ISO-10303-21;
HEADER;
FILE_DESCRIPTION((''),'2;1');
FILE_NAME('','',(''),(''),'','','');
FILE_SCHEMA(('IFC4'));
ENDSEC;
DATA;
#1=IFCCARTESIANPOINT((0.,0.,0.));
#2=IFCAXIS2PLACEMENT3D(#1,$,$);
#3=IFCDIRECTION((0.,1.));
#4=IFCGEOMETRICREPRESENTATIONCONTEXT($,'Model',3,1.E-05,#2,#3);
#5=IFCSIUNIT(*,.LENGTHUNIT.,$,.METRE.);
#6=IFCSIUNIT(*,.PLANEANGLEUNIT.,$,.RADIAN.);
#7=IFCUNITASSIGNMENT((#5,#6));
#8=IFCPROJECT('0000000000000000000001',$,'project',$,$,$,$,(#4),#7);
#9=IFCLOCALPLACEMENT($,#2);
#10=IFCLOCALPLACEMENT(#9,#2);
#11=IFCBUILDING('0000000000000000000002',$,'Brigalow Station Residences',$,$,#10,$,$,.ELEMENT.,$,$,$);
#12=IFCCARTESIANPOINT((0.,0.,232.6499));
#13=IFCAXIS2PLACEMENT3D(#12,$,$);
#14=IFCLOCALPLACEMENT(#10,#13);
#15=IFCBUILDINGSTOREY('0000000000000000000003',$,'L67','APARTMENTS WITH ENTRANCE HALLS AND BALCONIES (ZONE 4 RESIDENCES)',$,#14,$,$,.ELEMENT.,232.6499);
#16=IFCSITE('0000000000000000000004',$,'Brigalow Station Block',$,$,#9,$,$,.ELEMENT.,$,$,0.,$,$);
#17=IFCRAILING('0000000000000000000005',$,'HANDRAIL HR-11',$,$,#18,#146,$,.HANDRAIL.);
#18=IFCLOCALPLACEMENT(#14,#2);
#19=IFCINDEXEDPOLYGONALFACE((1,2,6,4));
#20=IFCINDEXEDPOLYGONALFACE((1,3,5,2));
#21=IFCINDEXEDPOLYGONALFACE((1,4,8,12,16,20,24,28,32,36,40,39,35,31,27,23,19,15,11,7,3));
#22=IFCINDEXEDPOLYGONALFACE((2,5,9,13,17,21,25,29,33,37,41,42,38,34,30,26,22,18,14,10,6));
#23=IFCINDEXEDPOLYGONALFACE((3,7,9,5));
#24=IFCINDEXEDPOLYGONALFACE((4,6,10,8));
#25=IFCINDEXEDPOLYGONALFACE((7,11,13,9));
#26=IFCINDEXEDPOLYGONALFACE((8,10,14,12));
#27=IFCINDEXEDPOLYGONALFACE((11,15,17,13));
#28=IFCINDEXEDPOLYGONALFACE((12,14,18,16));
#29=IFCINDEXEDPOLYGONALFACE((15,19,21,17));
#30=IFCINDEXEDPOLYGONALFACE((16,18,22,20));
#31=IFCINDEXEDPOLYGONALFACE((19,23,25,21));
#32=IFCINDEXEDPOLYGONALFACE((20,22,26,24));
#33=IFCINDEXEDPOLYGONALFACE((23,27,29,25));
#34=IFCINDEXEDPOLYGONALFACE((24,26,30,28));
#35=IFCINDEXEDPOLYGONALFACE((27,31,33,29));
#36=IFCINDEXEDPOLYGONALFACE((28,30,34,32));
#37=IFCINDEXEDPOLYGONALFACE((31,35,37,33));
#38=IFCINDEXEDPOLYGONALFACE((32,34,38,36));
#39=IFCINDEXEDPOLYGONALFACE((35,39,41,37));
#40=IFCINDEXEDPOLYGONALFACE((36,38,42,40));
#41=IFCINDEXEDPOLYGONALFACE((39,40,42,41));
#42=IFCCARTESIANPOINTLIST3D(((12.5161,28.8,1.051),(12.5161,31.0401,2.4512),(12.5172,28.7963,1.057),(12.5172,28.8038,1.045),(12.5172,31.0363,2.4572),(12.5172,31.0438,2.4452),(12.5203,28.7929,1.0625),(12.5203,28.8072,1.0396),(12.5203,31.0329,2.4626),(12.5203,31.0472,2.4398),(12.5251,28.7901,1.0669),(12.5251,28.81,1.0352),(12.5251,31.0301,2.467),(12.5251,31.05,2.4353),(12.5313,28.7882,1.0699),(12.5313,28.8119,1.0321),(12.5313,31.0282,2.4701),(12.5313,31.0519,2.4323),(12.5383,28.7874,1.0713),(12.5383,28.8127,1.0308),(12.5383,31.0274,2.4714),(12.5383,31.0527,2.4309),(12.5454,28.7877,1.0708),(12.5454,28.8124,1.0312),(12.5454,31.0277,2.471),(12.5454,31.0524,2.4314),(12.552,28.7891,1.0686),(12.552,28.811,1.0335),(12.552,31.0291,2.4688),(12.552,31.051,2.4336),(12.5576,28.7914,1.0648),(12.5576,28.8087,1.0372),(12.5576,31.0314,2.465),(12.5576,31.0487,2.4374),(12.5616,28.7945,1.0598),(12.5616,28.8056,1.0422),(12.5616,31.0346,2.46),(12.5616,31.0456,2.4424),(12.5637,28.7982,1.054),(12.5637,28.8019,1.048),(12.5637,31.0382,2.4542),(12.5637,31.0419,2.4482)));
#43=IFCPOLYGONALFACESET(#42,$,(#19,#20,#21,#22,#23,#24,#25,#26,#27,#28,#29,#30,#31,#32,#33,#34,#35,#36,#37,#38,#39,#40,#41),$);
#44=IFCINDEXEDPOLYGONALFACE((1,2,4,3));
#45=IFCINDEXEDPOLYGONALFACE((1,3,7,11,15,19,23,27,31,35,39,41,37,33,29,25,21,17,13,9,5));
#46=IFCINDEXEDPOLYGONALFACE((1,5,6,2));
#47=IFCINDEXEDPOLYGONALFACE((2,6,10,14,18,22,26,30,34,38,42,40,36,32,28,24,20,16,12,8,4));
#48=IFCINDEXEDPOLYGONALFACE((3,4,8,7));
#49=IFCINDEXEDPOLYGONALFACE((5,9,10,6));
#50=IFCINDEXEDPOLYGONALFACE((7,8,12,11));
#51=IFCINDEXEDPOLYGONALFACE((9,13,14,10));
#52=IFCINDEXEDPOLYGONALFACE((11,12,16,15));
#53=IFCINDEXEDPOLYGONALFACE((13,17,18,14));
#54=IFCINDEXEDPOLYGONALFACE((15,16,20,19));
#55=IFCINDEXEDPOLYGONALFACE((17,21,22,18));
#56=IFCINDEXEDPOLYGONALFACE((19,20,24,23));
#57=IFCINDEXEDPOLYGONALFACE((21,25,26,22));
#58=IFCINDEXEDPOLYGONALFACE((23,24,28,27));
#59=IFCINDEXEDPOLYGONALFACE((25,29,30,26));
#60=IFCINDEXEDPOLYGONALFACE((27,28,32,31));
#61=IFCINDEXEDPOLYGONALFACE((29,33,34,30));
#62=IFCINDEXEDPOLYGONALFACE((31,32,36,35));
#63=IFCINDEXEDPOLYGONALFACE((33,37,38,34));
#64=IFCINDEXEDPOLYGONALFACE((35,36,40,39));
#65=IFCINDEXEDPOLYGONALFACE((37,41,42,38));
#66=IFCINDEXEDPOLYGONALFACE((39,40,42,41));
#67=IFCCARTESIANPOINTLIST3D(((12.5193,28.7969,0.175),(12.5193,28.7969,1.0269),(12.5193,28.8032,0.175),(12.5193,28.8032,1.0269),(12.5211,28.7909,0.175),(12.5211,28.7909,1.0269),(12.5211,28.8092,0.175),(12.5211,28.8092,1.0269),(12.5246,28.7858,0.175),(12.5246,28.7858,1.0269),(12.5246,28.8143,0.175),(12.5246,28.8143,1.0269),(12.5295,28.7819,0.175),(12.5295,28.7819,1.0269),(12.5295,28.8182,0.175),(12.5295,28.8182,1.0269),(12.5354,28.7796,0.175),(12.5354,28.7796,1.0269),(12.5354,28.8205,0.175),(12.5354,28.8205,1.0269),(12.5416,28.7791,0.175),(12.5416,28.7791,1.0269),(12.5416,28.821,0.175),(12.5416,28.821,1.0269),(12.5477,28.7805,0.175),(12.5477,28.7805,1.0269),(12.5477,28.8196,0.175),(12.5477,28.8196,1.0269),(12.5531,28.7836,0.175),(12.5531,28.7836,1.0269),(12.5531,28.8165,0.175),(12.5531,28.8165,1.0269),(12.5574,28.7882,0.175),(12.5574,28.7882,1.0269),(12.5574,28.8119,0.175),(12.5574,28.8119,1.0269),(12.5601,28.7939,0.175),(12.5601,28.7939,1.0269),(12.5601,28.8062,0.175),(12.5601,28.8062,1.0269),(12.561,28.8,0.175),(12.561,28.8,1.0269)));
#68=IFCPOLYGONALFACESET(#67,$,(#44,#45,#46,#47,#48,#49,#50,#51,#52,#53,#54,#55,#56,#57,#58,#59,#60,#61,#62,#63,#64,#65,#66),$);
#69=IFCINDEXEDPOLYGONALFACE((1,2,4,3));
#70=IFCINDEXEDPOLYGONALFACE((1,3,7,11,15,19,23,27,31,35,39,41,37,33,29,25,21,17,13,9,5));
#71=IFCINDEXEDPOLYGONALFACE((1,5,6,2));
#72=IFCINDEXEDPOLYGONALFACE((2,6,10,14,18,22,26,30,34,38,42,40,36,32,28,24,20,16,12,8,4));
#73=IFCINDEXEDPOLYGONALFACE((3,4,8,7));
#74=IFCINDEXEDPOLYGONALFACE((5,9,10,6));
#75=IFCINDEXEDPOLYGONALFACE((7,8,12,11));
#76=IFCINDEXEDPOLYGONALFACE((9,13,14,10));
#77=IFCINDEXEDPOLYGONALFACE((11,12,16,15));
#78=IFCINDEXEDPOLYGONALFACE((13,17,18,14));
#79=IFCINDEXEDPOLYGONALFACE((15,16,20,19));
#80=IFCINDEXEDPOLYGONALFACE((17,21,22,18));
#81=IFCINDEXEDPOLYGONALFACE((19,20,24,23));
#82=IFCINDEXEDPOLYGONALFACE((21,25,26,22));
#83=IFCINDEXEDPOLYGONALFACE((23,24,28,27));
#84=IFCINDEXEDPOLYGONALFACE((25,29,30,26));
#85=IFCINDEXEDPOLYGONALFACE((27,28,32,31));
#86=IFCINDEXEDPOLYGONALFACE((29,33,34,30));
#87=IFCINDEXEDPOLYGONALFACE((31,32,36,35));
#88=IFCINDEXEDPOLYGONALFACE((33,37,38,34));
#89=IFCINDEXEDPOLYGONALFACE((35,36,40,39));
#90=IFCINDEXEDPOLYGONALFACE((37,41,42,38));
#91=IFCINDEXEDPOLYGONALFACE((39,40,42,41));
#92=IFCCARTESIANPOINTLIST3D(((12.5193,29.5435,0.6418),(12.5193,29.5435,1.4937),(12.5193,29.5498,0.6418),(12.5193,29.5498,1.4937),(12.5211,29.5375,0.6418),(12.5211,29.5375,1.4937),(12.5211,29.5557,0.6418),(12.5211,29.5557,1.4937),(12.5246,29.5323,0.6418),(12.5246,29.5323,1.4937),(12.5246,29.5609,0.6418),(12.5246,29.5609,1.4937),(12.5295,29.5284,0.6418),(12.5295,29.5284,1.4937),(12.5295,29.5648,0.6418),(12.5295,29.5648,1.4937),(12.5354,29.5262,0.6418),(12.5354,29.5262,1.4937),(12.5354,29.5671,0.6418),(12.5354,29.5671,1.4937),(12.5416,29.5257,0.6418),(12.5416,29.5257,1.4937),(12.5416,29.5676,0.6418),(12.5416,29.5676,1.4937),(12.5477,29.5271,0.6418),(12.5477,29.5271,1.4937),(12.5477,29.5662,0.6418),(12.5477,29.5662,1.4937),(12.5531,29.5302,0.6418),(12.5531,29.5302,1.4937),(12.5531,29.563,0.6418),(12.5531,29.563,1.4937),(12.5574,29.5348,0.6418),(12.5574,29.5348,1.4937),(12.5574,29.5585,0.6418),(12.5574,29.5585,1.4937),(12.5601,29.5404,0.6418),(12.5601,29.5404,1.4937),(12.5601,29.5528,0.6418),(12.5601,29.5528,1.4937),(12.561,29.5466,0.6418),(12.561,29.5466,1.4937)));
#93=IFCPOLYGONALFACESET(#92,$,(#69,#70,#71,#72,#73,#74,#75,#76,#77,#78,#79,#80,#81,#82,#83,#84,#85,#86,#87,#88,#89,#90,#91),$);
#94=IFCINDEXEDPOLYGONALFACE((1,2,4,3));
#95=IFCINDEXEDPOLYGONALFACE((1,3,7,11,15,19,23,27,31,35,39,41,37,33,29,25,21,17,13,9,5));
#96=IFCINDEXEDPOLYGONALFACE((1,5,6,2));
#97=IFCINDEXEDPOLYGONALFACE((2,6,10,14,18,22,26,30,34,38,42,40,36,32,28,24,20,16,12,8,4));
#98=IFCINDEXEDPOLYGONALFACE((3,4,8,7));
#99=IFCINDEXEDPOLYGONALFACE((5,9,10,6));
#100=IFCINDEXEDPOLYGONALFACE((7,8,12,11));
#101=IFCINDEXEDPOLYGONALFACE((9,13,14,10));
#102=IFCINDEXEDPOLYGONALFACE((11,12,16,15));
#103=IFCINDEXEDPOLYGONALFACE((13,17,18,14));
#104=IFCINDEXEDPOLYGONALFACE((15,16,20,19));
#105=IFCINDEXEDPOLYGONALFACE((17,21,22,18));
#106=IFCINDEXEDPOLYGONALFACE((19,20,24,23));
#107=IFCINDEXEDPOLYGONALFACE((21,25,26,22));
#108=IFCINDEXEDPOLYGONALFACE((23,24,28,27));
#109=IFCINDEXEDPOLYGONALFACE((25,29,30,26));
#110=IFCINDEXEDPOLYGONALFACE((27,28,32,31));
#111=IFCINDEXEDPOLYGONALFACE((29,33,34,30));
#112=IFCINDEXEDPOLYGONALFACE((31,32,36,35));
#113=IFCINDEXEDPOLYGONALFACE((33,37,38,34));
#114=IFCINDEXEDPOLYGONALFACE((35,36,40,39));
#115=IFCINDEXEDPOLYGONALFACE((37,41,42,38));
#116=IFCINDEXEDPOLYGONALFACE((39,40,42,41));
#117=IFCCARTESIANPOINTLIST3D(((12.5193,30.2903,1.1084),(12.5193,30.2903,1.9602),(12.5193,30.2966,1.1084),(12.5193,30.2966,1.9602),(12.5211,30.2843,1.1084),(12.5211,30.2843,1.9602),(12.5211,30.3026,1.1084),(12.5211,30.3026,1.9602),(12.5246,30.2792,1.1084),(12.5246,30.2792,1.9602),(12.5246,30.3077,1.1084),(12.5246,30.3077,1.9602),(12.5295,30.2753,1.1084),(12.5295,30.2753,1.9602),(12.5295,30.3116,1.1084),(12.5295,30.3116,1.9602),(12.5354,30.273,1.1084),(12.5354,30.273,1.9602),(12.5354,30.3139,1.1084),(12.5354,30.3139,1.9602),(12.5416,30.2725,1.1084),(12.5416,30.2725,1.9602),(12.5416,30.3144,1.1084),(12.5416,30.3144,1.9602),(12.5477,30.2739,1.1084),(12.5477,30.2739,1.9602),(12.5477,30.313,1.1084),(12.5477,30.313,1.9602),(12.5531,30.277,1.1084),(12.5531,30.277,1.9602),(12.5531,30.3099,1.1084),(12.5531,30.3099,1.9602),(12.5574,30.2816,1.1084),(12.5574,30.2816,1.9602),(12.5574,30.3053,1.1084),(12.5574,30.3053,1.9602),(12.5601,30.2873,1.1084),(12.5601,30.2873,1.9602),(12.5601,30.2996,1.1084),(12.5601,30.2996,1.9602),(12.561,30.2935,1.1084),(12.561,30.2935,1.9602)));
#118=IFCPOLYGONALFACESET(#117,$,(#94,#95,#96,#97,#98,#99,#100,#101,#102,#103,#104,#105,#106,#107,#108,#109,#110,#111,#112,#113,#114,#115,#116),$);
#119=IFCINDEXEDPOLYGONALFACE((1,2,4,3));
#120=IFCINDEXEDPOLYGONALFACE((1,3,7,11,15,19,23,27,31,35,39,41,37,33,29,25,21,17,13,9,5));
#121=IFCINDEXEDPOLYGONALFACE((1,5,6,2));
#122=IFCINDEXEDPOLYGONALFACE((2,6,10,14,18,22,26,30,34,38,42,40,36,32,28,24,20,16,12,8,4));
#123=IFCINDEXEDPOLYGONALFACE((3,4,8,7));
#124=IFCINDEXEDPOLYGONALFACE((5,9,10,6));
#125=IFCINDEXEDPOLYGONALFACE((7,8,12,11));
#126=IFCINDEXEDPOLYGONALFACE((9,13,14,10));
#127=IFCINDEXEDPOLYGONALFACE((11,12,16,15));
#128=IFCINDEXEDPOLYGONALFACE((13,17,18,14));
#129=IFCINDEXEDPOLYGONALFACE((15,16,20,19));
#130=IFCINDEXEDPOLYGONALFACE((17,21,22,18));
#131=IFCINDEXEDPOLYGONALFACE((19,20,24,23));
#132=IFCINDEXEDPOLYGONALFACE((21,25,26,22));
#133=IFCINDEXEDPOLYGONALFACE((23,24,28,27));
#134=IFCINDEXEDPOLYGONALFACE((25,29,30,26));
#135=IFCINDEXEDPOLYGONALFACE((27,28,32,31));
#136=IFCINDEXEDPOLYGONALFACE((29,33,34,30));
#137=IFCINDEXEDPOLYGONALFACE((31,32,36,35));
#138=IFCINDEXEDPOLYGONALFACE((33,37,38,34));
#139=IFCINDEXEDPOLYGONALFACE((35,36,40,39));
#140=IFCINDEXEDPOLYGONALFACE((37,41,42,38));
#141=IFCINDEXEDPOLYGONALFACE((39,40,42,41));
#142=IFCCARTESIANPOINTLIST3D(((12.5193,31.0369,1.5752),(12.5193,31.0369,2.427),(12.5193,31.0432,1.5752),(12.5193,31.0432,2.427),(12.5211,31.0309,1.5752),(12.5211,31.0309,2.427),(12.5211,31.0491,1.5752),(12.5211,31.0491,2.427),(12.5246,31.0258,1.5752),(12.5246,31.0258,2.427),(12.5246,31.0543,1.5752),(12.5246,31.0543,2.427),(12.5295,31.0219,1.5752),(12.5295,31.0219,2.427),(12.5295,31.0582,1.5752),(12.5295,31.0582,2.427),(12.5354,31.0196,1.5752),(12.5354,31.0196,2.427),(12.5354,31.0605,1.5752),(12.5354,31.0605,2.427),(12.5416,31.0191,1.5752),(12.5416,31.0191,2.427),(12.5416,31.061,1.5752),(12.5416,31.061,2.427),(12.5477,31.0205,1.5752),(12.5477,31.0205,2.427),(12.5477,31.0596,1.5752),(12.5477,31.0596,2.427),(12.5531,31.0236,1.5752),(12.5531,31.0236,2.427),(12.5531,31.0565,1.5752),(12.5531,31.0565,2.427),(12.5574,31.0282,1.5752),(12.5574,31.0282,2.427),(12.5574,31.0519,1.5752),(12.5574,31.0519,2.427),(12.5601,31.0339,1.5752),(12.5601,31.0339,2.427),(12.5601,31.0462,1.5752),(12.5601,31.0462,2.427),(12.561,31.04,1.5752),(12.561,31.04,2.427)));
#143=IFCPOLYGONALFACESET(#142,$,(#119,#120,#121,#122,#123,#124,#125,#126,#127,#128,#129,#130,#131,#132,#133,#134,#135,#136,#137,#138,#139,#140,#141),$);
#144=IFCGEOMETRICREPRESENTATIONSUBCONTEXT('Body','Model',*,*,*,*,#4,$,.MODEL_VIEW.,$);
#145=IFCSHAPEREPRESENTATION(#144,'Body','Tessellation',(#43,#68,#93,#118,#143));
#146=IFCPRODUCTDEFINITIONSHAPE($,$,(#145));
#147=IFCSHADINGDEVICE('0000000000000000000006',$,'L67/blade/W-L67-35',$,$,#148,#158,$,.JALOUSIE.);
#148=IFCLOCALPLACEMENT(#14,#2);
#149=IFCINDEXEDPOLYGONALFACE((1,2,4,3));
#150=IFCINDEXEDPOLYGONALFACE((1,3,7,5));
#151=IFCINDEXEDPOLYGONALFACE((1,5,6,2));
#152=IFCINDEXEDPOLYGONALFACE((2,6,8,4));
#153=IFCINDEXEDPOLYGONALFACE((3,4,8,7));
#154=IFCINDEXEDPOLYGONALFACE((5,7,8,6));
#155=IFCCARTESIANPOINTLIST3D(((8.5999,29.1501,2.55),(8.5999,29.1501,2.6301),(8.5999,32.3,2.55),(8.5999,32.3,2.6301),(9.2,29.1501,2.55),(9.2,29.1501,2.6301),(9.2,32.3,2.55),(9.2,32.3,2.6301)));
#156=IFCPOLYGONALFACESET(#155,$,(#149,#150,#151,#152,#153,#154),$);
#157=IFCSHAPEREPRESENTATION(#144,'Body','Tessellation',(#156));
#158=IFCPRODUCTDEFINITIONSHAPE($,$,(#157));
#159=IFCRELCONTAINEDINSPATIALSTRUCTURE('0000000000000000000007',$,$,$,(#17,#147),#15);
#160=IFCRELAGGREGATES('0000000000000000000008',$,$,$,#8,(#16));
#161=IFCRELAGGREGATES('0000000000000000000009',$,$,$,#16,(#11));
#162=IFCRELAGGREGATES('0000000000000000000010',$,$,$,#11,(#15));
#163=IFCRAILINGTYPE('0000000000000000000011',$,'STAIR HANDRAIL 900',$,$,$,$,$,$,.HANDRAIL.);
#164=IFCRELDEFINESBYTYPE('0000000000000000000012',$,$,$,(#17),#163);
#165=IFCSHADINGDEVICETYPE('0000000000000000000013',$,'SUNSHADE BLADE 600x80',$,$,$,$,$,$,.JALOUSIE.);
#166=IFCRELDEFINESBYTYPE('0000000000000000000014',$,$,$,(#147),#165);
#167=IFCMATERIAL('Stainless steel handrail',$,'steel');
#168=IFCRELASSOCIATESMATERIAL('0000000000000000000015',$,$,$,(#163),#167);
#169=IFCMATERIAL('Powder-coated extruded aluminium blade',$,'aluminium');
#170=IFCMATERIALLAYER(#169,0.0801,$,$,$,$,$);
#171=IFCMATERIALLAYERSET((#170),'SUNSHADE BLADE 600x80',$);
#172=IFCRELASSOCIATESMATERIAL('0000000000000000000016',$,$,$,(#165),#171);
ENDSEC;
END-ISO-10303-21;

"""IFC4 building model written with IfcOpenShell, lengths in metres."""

from ifc_helpers import new_model, si_unit, direction, frame, origin, origin_2d, place, context, subcontext, project, spatial, rectangle, circle, extrude, material, layer, layer_set, type_object, element, save


model = new_model("IFC4")

# Units and contexts
model_context = context("Model", 3, precision=1e-05, world=origin(), true_north=direction((0.0, 1.0)))
body_context = subcontext(model_context, "Body", "Model", "MODEL_VIEW")
ifc_project = project(units=[si_unit("LENGTHUNIT", "METRE"), si_unit("PLANEANGLEUNIT", "RADIAN")], contexts=[model_context])

# Site, building, storey
site_placement = place(None, origin())
site = spatial("IfcSite", under=ifc_project, at=site_placement, Name="Brigalow Station Block", CompositionType="ELEMENT", RefElevation=0.0)
building_placement = place(site_placement, origin())
building = spatial("IfcBuilding", under=site, at=building_placement, Name="Brigalow Station Residences", CompositionType="ELEMENT")
storey_placement = place(building_placement, frame((0.0, 0.0, 232.6499)))
storey = spatial("IfcBuildingStorey", under=building, at=storey_placement, Name="L67", Description="APARTMENTS WITH ENTRANCE HALLS AND BALCONIES (ZONE 4 RESIDENCES)", CompositionType="ELEMENT", Elevation=232.6499)

# Railing
ifc_material_1 = material(Name="Stainless steel handrail", Category="steel")
railing_type_1 = type_object("IfcRailingType", Name="STAIR HANDRAIL 900", PredefinedType="HANDRAIL", material=ifc_material_1)
railing_1_placement = place(storey_placement, frame((12.54, 28.8, 0.175)))
element("IfcRailing", 1, at=railing_1_placement, inside=storey, type_object=railing_type_1, Name="HANDRAIL HR-11", PredefinedType="HANDRAIL", context=body_context, shape_type="SweptSolid", body=[
    extrude(circle(Radius=0.0239, at=origin_2d()), frame((0.0, 0.0, 0.876), z_axis=(0.0, 0.847972, 0.53004), x_axis=(-1.0, 0.0, 0.0)), (0.0, 0.0, 1.0), 2.6416),
    extrude(circle(Radius=0.021, at=origin_2d()), origin(), (0.0, 0.0, 1.0), 0.8518),
    extrude(circle(Radius=0.021, at=origin_2d()), frame((0.0, 0.7466, 0.4668)), (0.0, 0.0, 1.0), 0.8518),
    extrude(circle(Radius=0.021, at=origin_2d()), frame((0.0, 1.4934, 0.9333)), (0.0, 0.0, 1.0), 0.8518),
    extrude(circle(Radius=0.021, at=origin_2d()), frame((0.0, 2.24, 1.4001)), (0.0, 0.0, 1.0), 0.8518),
])

# Shading device
ifc_material_2 = material(Name="Powder-coated extruded aluminium blade", Category="aluminium")
ifc_layer_1 = layer(ifc_material_2, 0.0801)
ifc_layer_set_1 = layer_set([ifc_layer_1], Name="SUNSHADE BLADE 600x80")
shading_device_type = type_object("IfcShadingDeviceType", Name="SUNSHADE BLADE 600x80", PredefinedType="JALOUSIE", material=ifc_layer_set_1)
shading_device_placement = place(storey_placement, frame((8.8999, 30.7251, 2.55), z_axis=(0.0, 0.0, 1.0), x_axis=(0.0, -1.0, 0.0)))
element("IfcShadingDevice", 2, at=shading_device_placement, inside=storey, type_object=shading_device_type, Name="L67/blade/W-L67-35", PredefinedType="JALOUSIE", context=body_context, shape_type="SweptSolid", body=[
    extrude(rectangle(XDim=3.1499, YDim=0.6001, at=origin_2d()), origin(), (0.0, 0.0, 1.0), 0.0801),
])

save(model, "model.ifc")
